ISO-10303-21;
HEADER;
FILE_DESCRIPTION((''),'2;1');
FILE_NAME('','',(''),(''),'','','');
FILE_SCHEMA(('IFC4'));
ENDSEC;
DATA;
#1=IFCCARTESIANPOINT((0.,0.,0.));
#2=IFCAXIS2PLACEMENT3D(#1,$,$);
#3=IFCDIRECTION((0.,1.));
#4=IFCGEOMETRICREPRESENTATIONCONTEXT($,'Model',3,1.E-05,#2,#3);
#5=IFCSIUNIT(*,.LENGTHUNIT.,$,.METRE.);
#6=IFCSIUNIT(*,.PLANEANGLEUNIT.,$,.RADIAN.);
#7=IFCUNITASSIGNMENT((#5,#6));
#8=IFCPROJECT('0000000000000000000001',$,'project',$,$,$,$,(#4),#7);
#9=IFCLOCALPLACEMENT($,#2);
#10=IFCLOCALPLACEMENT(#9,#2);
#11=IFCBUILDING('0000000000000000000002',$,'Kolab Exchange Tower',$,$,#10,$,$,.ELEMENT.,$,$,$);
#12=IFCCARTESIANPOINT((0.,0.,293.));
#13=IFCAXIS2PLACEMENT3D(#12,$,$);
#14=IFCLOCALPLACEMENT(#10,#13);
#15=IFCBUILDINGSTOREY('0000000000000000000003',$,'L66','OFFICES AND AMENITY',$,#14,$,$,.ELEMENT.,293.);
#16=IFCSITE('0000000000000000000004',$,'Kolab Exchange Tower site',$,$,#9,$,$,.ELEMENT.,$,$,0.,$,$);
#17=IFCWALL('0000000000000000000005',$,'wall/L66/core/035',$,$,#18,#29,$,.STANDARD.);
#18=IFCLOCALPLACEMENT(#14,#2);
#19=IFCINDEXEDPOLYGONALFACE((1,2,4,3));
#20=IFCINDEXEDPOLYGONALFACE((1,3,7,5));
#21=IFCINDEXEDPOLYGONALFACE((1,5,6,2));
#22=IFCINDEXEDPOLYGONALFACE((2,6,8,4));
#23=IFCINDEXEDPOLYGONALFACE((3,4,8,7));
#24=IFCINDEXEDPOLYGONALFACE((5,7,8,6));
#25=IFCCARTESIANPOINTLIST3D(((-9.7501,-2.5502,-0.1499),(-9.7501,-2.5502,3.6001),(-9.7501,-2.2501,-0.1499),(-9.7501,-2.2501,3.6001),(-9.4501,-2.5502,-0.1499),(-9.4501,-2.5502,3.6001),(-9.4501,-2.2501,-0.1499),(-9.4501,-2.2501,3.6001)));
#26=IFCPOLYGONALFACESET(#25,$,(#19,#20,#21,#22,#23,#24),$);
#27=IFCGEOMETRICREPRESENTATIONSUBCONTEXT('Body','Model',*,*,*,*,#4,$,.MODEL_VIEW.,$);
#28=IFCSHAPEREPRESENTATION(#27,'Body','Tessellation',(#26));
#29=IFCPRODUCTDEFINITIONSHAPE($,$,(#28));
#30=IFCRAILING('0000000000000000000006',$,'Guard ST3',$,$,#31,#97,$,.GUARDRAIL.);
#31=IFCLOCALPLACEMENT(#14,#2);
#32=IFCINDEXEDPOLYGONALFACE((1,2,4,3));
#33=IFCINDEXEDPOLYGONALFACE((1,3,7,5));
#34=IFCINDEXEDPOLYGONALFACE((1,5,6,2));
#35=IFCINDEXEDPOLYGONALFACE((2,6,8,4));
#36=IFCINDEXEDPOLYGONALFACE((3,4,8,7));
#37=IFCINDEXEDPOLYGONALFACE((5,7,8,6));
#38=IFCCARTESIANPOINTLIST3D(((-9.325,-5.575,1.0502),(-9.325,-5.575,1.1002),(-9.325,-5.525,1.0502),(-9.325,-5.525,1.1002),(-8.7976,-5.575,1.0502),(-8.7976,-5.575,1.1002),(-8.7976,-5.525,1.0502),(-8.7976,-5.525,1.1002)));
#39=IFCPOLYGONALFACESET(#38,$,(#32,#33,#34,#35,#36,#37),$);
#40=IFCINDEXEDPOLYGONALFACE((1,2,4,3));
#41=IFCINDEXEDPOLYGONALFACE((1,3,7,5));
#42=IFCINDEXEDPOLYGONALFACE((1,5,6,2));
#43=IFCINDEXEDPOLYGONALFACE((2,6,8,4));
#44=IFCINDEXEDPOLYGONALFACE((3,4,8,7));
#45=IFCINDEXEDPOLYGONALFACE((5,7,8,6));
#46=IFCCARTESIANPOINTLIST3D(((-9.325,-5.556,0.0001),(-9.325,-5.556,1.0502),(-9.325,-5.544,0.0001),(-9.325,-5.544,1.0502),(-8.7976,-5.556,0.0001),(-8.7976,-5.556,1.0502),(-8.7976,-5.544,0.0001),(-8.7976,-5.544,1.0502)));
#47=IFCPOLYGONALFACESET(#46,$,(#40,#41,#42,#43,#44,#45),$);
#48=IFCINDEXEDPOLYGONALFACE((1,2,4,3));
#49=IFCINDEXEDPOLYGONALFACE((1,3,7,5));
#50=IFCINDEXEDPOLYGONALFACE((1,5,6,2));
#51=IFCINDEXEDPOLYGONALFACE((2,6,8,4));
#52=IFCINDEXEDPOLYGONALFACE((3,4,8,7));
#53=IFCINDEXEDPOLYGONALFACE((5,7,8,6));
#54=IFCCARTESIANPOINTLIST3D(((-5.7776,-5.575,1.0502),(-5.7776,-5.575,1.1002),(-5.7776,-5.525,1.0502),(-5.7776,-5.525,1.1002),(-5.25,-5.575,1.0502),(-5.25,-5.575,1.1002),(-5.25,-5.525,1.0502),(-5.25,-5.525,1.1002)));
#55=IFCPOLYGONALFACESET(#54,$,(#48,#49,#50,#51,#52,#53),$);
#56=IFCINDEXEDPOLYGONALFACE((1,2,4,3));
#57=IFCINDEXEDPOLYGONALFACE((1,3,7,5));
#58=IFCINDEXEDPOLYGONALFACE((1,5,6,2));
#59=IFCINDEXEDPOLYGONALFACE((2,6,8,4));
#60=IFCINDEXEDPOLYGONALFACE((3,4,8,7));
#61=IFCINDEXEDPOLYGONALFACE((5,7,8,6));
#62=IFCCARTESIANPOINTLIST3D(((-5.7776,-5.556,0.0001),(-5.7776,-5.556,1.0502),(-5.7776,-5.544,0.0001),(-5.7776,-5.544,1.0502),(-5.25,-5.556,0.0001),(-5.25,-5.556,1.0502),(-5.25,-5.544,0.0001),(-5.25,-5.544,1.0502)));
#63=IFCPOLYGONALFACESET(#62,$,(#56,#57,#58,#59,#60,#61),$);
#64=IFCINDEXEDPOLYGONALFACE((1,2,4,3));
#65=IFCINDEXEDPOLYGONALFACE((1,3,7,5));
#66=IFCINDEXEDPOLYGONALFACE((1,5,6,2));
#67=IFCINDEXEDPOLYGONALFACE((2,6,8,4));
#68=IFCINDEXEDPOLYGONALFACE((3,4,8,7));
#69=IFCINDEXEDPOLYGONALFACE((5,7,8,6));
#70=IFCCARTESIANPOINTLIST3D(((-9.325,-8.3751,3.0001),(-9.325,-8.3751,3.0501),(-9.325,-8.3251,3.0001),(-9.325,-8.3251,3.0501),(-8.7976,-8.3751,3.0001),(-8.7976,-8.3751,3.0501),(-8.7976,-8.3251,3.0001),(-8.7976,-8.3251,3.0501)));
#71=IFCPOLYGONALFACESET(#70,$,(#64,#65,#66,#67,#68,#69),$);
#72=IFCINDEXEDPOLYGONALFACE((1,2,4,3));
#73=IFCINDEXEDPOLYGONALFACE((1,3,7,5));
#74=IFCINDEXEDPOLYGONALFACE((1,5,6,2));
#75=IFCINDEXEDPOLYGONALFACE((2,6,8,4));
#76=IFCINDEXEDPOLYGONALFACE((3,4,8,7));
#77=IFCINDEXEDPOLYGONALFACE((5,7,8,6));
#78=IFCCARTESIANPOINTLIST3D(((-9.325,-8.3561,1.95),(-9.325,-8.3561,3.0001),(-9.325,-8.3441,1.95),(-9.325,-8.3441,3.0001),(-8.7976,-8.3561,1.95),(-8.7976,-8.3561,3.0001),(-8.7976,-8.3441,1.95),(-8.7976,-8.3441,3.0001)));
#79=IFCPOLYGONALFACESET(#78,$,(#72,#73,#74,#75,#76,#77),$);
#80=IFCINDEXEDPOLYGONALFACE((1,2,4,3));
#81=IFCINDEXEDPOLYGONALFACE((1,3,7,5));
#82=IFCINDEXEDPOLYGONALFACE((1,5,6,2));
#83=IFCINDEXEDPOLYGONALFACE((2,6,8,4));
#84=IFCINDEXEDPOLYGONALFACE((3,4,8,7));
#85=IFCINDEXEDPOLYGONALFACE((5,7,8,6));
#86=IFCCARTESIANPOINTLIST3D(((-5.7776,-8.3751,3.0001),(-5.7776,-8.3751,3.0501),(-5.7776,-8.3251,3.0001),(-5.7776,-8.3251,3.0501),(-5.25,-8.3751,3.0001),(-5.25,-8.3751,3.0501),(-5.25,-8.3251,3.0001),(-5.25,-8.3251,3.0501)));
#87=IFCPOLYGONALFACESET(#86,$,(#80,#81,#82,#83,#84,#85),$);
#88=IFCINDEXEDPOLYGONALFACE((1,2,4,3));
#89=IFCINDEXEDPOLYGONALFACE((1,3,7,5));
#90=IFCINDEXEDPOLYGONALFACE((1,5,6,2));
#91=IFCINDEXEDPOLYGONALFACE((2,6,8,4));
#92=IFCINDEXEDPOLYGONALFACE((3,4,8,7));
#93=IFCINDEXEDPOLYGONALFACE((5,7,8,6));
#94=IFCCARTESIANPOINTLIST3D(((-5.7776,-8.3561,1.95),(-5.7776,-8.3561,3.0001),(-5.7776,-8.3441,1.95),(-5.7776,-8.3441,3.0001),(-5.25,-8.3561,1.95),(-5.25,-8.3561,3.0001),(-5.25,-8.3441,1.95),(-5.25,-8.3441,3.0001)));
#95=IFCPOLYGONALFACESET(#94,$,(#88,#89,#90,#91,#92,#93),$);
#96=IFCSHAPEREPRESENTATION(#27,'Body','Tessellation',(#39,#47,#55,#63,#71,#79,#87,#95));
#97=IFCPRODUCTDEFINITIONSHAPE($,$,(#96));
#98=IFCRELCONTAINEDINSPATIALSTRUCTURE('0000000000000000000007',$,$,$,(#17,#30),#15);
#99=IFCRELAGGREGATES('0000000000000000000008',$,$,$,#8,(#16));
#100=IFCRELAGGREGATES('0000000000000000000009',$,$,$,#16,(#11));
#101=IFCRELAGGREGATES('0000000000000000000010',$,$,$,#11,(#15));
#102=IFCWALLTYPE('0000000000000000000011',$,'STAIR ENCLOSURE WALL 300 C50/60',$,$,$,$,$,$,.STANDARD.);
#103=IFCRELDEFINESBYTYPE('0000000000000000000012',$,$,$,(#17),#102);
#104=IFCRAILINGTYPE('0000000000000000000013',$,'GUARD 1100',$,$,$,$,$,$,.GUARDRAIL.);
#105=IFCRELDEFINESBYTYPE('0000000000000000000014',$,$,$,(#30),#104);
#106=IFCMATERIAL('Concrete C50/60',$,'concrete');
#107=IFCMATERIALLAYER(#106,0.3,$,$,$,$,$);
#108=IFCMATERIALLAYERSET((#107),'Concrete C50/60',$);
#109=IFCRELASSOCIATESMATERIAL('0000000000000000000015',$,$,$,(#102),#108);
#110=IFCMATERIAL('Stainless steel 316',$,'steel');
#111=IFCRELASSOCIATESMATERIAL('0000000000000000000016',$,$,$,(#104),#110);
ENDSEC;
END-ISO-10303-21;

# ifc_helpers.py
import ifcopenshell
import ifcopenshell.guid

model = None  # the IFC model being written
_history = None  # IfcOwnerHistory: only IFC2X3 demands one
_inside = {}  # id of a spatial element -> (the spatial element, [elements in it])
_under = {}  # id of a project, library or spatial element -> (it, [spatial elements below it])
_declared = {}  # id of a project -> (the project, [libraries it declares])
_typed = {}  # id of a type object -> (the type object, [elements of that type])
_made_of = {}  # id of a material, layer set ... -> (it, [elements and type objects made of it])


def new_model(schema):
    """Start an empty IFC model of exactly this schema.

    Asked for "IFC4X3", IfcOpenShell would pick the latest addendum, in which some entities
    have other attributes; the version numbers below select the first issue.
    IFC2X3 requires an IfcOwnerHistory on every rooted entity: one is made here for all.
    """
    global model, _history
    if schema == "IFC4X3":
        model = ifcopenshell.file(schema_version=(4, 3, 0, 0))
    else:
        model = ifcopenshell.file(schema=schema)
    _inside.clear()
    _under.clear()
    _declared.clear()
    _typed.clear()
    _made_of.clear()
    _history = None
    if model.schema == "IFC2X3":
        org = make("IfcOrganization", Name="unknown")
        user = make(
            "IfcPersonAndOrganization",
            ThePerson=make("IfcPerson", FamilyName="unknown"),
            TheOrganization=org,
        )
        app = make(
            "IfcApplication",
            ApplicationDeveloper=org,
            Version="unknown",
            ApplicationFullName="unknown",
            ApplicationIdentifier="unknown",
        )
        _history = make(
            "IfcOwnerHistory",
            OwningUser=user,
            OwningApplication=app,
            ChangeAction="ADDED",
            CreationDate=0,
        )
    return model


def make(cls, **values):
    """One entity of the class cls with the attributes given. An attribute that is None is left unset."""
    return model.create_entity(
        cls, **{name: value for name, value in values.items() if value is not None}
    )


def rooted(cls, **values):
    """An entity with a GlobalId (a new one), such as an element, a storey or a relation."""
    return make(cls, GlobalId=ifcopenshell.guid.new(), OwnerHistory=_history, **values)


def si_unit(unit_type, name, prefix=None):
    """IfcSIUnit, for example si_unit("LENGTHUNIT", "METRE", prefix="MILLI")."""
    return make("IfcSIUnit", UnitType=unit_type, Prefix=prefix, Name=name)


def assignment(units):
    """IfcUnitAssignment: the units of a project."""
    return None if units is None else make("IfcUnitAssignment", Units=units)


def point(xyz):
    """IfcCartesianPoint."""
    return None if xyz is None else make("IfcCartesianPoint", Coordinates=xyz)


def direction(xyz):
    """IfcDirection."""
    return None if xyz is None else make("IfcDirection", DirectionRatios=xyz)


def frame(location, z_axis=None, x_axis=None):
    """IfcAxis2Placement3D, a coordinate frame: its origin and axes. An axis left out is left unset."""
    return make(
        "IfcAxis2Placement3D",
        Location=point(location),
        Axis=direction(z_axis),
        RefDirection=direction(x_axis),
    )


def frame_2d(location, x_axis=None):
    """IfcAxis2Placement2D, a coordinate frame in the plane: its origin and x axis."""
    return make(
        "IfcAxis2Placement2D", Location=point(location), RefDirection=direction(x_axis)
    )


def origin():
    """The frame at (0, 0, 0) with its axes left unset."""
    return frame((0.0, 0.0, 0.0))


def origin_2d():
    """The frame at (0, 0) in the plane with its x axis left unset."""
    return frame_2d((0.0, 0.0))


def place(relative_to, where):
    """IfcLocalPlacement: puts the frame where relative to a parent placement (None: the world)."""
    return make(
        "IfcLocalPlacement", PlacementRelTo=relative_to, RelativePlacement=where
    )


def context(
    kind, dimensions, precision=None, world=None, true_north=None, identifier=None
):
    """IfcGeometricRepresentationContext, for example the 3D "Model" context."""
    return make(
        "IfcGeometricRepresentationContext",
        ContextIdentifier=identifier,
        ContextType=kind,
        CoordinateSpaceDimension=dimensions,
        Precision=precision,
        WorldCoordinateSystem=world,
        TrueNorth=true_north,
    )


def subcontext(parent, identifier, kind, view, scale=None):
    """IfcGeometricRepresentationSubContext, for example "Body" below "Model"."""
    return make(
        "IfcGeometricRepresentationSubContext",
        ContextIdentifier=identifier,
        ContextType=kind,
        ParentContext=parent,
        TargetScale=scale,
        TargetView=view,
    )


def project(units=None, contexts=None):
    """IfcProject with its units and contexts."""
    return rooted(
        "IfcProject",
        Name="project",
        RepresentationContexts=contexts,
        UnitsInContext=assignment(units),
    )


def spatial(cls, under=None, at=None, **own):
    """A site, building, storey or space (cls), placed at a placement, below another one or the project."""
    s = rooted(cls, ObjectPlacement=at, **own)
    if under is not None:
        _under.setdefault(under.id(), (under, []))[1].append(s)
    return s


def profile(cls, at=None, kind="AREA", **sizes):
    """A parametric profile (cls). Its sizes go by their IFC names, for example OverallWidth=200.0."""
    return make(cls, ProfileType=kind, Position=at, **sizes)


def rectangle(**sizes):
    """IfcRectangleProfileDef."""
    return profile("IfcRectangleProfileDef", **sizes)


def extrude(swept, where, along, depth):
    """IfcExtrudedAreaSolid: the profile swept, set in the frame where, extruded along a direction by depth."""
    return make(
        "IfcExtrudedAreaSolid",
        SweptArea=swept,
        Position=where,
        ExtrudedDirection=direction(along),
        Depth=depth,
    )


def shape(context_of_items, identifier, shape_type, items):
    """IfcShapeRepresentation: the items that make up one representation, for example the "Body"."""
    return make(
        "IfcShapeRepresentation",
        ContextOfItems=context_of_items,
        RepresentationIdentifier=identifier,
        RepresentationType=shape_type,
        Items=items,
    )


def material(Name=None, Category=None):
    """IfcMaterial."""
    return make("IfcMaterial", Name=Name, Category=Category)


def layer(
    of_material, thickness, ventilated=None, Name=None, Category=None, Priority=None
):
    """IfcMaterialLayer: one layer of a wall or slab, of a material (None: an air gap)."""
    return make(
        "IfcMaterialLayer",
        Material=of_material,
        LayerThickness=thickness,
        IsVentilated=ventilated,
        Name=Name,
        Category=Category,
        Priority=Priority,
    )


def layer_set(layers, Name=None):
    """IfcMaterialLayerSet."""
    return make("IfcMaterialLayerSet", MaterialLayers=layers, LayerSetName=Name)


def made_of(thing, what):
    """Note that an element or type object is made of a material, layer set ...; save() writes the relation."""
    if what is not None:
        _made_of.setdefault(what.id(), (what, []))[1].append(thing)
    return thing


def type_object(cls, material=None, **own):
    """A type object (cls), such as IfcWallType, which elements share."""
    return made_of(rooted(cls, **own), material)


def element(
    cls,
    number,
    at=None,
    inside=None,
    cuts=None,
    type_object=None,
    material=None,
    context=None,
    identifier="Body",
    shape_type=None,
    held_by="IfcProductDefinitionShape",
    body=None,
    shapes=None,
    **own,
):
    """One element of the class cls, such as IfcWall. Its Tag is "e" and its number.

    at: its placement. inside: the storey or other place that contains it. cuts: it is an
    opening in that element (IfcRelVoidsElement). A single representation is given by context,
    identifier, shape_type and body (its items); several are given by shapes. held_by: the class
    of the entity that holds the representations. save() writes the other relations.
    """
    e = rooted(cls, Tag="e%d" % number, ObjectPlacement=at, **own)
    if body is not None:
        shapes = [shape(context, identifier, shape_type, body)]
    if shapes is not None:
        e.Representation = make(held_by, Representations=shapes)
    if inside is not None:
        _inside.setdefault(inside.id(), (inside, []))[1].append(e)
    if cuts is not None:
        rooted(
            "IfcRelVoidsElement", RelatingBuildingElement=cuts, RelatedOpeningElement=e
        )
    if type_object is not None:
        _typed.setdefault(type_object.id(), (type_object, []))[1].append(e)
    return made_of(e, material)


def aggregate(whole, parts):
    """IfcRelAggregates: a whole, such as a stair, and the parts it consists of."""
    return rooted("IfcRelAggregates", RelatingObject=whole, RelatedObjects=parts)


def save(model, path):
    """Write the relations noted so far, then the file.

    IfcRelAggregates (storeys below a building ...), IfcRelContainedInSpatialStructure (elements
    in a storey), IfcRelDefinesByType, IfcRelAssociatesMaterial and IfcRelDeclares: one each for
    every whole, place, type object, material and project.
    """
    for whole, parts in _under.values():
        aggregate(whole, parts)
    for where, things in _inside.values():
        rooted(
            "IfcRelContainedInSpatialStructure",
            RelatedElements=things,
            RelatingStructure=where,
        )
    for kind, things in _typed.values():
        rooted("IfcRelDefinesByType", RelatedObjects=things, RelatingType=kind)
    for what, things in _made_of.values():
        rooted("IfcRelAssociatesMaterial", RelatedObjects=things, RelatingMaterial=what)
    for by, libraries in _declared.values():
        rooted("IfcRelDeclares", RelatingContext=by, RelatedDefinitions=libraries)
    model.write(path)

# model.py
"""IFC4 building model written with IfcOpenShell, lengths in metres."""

from ifc_helpers import new_model, si_unit, direction, frame, frame_2d, origin, origin_2d, place, context, subcontext, project, spatial, rectangle, extrude, material, layer, layer_set, type_object, element, save


model = new_model("IFC4")

# Units and contexts
model_context = context("Model", 3, precision=1e-05, world=origin(), true_north=direction((0.0, 1.0)))
body_context = subcontext(model_context, "Body", "Model", "MODEL_VIEW")
ifc_project = project(units=[si_unit("LENGTHUNIT", "METRE"), si_unit("PLANEANGLEUNIT", "RADIAN")], contexts=[model_context])

# Site, building, storey
site_placement = place(None, origin())
site = spatial("IfcSite", under=ifc_project, at=site_placement, Name="Kolab Exchange Tower site", CompositionType="ELEMENT", RefElevation=0.0)
building_placement = place(site_placement, origin())
building = spatial("IfcBuilding", under=site, at=building_placement, Name="Kolab Exchange Tower", CompositionType="ELEMENT")
storey_placement = place(building_placement, frame((0.0, 0.0, 293.0)))
storey = spatial("IfcBuildingStorey", under=building, at=storey_placement, Name="L66", Description="OFFICES AND AMENITY", CompositionType="ELEMENT", Elevation=293.0)

# Shared definitions
ifc_material_1 = material(Name="Concrete C50/60", Category="concrete")
ifc_material_2 = material(Name="Stainless steel 316", Category="steel")

# Wall
ifc_layer_1 = layer(ifc_material_1, 0.3)
ifc_layer_set_1 = layer_set([ifc_layer_1], Name="Concrete C50/60")
wall_type_1 = type_object("IfcWallType", Name="STAIR ENCLOSURE WALL 300 C50/60", PredefinedType="STANDARD", material=ifc_layer_set_1)
wall_1_placement = place(storey_placement, frame((-9.6001, -2.55, -0.1499), z_axis=(0.0, 0.0, 1.0), x_axis=(0.0, 1.0, 0.0)))
element("IfcWall", 1, at=wall_1_placement, inside=storey, type_object=wall_type_1, Name="wall/L66/core/035", PredefinedType="STANDARD", context=body_context, shape_type="SweptSolid", body=[
    extrude(rectangle(XDim=0.3, YDim=0.3, at=frame_2d((0.1499, 0.0))), origin(), (0.0, 0.0, 1.0), 3.75),
])

# Railing
railing_type = type_object("IfcRailingType", Name="GUARD 1100", PredefinedType="GUARDRAIL", material=ifc_material_2)
railing_placement = place(storey_placement, frame((-9.325, -5.55, 0.0)))
element("IfcRailing", 2, at=railing_placement, inside=storey, type_object=railing_type, Name="Guard ST3", PredefinedType="GUARDRAIL", context=body_context, shape_type="SweptSolid", body=[
    extrude(rectangle(XDim=0.05, YDim=0.05, at=origin_2d()), frame((0.0, 0.0, 1.0752), z_axis=(1.0, 0.0, 0.0), x_axis=(0.0, 1.0, 0.0)), (0.0, 0.0, 1.0), 0.5273),
    extrude(rectangle(XDim=0.012, YDim=1.0501, at=frame_2d((0.0, 0.5251))), frame((0.0, 0.0, 0.0), z_axis=(1.0, 0.0, 0.0), x_axis=(0.0, 1.0, 0.0)), (0.0, 0.0, 1.0), 0.5273),
    extrude(rectangle(XDim=0.05, YDim=0.05, at=origin_2d()), frame((3.5474, 0.0, 1.0752), z_axis=(1.0, 0.0, 0.0), x_axis=(0.0, 1.0, 0.0)), (0.0, 0.0, 1.0), 0.5276),
    extrude(rectangle(XDim=0.012, YDim=1.0501, at=frame_2d((0.0, 0.5251))), frame((3.5474, 0.0, 0.0), z_axis=(1.0, 0.0, 0.0), x_axis=(0.0, 1.0, 0.0)), (0.0, 0.0, 1.0), 0.5276),
    extrude(rectangle(XDim=0.05, YDim=0.05, at=origin_2d()), frame((0.0, -2.8, 3.0251), z_axis=(1.0, 0.0, 0.0), x_axis=(0.0, 1.0, 0.0)), (0.0, 0.0, 1.0), 0.5273),
    extrude(rectangle(XDim=0.012, YDim=1.0501, at=frame_2d((0.0, 0.5251))), frame((0.0, -2.8, 1.95), z_axis=(1.0, 0.0, 0.0), x_axis=(0.0, 1.0, 0.0)), (0.0, 0.0, 1.0), 0.5273),
    extrude(rectangle(XDim=0.05, YDim=0.05, at=origin_2d()), frame((3.5474, -2.8, 3.0251), z_axis=(1.0, 0.0, 0.0), x_axis=(0.0, 1.0, 0.0)), (0.0, 0.0, 1.0), 0.5276),
    extrude(rectangle(XDim=0.012, YDim=1.0501, at=frame_2d((0.0, 0.5251))), frame((3.5474, -2.8, 1.95), z_axis=(1.0, 0.0, 0.0), x_axis=(0.0, 1.0, 0.0)), (0.0, 0.0, 1.0), 0.5276),
])

save(model, "model.ifc")
